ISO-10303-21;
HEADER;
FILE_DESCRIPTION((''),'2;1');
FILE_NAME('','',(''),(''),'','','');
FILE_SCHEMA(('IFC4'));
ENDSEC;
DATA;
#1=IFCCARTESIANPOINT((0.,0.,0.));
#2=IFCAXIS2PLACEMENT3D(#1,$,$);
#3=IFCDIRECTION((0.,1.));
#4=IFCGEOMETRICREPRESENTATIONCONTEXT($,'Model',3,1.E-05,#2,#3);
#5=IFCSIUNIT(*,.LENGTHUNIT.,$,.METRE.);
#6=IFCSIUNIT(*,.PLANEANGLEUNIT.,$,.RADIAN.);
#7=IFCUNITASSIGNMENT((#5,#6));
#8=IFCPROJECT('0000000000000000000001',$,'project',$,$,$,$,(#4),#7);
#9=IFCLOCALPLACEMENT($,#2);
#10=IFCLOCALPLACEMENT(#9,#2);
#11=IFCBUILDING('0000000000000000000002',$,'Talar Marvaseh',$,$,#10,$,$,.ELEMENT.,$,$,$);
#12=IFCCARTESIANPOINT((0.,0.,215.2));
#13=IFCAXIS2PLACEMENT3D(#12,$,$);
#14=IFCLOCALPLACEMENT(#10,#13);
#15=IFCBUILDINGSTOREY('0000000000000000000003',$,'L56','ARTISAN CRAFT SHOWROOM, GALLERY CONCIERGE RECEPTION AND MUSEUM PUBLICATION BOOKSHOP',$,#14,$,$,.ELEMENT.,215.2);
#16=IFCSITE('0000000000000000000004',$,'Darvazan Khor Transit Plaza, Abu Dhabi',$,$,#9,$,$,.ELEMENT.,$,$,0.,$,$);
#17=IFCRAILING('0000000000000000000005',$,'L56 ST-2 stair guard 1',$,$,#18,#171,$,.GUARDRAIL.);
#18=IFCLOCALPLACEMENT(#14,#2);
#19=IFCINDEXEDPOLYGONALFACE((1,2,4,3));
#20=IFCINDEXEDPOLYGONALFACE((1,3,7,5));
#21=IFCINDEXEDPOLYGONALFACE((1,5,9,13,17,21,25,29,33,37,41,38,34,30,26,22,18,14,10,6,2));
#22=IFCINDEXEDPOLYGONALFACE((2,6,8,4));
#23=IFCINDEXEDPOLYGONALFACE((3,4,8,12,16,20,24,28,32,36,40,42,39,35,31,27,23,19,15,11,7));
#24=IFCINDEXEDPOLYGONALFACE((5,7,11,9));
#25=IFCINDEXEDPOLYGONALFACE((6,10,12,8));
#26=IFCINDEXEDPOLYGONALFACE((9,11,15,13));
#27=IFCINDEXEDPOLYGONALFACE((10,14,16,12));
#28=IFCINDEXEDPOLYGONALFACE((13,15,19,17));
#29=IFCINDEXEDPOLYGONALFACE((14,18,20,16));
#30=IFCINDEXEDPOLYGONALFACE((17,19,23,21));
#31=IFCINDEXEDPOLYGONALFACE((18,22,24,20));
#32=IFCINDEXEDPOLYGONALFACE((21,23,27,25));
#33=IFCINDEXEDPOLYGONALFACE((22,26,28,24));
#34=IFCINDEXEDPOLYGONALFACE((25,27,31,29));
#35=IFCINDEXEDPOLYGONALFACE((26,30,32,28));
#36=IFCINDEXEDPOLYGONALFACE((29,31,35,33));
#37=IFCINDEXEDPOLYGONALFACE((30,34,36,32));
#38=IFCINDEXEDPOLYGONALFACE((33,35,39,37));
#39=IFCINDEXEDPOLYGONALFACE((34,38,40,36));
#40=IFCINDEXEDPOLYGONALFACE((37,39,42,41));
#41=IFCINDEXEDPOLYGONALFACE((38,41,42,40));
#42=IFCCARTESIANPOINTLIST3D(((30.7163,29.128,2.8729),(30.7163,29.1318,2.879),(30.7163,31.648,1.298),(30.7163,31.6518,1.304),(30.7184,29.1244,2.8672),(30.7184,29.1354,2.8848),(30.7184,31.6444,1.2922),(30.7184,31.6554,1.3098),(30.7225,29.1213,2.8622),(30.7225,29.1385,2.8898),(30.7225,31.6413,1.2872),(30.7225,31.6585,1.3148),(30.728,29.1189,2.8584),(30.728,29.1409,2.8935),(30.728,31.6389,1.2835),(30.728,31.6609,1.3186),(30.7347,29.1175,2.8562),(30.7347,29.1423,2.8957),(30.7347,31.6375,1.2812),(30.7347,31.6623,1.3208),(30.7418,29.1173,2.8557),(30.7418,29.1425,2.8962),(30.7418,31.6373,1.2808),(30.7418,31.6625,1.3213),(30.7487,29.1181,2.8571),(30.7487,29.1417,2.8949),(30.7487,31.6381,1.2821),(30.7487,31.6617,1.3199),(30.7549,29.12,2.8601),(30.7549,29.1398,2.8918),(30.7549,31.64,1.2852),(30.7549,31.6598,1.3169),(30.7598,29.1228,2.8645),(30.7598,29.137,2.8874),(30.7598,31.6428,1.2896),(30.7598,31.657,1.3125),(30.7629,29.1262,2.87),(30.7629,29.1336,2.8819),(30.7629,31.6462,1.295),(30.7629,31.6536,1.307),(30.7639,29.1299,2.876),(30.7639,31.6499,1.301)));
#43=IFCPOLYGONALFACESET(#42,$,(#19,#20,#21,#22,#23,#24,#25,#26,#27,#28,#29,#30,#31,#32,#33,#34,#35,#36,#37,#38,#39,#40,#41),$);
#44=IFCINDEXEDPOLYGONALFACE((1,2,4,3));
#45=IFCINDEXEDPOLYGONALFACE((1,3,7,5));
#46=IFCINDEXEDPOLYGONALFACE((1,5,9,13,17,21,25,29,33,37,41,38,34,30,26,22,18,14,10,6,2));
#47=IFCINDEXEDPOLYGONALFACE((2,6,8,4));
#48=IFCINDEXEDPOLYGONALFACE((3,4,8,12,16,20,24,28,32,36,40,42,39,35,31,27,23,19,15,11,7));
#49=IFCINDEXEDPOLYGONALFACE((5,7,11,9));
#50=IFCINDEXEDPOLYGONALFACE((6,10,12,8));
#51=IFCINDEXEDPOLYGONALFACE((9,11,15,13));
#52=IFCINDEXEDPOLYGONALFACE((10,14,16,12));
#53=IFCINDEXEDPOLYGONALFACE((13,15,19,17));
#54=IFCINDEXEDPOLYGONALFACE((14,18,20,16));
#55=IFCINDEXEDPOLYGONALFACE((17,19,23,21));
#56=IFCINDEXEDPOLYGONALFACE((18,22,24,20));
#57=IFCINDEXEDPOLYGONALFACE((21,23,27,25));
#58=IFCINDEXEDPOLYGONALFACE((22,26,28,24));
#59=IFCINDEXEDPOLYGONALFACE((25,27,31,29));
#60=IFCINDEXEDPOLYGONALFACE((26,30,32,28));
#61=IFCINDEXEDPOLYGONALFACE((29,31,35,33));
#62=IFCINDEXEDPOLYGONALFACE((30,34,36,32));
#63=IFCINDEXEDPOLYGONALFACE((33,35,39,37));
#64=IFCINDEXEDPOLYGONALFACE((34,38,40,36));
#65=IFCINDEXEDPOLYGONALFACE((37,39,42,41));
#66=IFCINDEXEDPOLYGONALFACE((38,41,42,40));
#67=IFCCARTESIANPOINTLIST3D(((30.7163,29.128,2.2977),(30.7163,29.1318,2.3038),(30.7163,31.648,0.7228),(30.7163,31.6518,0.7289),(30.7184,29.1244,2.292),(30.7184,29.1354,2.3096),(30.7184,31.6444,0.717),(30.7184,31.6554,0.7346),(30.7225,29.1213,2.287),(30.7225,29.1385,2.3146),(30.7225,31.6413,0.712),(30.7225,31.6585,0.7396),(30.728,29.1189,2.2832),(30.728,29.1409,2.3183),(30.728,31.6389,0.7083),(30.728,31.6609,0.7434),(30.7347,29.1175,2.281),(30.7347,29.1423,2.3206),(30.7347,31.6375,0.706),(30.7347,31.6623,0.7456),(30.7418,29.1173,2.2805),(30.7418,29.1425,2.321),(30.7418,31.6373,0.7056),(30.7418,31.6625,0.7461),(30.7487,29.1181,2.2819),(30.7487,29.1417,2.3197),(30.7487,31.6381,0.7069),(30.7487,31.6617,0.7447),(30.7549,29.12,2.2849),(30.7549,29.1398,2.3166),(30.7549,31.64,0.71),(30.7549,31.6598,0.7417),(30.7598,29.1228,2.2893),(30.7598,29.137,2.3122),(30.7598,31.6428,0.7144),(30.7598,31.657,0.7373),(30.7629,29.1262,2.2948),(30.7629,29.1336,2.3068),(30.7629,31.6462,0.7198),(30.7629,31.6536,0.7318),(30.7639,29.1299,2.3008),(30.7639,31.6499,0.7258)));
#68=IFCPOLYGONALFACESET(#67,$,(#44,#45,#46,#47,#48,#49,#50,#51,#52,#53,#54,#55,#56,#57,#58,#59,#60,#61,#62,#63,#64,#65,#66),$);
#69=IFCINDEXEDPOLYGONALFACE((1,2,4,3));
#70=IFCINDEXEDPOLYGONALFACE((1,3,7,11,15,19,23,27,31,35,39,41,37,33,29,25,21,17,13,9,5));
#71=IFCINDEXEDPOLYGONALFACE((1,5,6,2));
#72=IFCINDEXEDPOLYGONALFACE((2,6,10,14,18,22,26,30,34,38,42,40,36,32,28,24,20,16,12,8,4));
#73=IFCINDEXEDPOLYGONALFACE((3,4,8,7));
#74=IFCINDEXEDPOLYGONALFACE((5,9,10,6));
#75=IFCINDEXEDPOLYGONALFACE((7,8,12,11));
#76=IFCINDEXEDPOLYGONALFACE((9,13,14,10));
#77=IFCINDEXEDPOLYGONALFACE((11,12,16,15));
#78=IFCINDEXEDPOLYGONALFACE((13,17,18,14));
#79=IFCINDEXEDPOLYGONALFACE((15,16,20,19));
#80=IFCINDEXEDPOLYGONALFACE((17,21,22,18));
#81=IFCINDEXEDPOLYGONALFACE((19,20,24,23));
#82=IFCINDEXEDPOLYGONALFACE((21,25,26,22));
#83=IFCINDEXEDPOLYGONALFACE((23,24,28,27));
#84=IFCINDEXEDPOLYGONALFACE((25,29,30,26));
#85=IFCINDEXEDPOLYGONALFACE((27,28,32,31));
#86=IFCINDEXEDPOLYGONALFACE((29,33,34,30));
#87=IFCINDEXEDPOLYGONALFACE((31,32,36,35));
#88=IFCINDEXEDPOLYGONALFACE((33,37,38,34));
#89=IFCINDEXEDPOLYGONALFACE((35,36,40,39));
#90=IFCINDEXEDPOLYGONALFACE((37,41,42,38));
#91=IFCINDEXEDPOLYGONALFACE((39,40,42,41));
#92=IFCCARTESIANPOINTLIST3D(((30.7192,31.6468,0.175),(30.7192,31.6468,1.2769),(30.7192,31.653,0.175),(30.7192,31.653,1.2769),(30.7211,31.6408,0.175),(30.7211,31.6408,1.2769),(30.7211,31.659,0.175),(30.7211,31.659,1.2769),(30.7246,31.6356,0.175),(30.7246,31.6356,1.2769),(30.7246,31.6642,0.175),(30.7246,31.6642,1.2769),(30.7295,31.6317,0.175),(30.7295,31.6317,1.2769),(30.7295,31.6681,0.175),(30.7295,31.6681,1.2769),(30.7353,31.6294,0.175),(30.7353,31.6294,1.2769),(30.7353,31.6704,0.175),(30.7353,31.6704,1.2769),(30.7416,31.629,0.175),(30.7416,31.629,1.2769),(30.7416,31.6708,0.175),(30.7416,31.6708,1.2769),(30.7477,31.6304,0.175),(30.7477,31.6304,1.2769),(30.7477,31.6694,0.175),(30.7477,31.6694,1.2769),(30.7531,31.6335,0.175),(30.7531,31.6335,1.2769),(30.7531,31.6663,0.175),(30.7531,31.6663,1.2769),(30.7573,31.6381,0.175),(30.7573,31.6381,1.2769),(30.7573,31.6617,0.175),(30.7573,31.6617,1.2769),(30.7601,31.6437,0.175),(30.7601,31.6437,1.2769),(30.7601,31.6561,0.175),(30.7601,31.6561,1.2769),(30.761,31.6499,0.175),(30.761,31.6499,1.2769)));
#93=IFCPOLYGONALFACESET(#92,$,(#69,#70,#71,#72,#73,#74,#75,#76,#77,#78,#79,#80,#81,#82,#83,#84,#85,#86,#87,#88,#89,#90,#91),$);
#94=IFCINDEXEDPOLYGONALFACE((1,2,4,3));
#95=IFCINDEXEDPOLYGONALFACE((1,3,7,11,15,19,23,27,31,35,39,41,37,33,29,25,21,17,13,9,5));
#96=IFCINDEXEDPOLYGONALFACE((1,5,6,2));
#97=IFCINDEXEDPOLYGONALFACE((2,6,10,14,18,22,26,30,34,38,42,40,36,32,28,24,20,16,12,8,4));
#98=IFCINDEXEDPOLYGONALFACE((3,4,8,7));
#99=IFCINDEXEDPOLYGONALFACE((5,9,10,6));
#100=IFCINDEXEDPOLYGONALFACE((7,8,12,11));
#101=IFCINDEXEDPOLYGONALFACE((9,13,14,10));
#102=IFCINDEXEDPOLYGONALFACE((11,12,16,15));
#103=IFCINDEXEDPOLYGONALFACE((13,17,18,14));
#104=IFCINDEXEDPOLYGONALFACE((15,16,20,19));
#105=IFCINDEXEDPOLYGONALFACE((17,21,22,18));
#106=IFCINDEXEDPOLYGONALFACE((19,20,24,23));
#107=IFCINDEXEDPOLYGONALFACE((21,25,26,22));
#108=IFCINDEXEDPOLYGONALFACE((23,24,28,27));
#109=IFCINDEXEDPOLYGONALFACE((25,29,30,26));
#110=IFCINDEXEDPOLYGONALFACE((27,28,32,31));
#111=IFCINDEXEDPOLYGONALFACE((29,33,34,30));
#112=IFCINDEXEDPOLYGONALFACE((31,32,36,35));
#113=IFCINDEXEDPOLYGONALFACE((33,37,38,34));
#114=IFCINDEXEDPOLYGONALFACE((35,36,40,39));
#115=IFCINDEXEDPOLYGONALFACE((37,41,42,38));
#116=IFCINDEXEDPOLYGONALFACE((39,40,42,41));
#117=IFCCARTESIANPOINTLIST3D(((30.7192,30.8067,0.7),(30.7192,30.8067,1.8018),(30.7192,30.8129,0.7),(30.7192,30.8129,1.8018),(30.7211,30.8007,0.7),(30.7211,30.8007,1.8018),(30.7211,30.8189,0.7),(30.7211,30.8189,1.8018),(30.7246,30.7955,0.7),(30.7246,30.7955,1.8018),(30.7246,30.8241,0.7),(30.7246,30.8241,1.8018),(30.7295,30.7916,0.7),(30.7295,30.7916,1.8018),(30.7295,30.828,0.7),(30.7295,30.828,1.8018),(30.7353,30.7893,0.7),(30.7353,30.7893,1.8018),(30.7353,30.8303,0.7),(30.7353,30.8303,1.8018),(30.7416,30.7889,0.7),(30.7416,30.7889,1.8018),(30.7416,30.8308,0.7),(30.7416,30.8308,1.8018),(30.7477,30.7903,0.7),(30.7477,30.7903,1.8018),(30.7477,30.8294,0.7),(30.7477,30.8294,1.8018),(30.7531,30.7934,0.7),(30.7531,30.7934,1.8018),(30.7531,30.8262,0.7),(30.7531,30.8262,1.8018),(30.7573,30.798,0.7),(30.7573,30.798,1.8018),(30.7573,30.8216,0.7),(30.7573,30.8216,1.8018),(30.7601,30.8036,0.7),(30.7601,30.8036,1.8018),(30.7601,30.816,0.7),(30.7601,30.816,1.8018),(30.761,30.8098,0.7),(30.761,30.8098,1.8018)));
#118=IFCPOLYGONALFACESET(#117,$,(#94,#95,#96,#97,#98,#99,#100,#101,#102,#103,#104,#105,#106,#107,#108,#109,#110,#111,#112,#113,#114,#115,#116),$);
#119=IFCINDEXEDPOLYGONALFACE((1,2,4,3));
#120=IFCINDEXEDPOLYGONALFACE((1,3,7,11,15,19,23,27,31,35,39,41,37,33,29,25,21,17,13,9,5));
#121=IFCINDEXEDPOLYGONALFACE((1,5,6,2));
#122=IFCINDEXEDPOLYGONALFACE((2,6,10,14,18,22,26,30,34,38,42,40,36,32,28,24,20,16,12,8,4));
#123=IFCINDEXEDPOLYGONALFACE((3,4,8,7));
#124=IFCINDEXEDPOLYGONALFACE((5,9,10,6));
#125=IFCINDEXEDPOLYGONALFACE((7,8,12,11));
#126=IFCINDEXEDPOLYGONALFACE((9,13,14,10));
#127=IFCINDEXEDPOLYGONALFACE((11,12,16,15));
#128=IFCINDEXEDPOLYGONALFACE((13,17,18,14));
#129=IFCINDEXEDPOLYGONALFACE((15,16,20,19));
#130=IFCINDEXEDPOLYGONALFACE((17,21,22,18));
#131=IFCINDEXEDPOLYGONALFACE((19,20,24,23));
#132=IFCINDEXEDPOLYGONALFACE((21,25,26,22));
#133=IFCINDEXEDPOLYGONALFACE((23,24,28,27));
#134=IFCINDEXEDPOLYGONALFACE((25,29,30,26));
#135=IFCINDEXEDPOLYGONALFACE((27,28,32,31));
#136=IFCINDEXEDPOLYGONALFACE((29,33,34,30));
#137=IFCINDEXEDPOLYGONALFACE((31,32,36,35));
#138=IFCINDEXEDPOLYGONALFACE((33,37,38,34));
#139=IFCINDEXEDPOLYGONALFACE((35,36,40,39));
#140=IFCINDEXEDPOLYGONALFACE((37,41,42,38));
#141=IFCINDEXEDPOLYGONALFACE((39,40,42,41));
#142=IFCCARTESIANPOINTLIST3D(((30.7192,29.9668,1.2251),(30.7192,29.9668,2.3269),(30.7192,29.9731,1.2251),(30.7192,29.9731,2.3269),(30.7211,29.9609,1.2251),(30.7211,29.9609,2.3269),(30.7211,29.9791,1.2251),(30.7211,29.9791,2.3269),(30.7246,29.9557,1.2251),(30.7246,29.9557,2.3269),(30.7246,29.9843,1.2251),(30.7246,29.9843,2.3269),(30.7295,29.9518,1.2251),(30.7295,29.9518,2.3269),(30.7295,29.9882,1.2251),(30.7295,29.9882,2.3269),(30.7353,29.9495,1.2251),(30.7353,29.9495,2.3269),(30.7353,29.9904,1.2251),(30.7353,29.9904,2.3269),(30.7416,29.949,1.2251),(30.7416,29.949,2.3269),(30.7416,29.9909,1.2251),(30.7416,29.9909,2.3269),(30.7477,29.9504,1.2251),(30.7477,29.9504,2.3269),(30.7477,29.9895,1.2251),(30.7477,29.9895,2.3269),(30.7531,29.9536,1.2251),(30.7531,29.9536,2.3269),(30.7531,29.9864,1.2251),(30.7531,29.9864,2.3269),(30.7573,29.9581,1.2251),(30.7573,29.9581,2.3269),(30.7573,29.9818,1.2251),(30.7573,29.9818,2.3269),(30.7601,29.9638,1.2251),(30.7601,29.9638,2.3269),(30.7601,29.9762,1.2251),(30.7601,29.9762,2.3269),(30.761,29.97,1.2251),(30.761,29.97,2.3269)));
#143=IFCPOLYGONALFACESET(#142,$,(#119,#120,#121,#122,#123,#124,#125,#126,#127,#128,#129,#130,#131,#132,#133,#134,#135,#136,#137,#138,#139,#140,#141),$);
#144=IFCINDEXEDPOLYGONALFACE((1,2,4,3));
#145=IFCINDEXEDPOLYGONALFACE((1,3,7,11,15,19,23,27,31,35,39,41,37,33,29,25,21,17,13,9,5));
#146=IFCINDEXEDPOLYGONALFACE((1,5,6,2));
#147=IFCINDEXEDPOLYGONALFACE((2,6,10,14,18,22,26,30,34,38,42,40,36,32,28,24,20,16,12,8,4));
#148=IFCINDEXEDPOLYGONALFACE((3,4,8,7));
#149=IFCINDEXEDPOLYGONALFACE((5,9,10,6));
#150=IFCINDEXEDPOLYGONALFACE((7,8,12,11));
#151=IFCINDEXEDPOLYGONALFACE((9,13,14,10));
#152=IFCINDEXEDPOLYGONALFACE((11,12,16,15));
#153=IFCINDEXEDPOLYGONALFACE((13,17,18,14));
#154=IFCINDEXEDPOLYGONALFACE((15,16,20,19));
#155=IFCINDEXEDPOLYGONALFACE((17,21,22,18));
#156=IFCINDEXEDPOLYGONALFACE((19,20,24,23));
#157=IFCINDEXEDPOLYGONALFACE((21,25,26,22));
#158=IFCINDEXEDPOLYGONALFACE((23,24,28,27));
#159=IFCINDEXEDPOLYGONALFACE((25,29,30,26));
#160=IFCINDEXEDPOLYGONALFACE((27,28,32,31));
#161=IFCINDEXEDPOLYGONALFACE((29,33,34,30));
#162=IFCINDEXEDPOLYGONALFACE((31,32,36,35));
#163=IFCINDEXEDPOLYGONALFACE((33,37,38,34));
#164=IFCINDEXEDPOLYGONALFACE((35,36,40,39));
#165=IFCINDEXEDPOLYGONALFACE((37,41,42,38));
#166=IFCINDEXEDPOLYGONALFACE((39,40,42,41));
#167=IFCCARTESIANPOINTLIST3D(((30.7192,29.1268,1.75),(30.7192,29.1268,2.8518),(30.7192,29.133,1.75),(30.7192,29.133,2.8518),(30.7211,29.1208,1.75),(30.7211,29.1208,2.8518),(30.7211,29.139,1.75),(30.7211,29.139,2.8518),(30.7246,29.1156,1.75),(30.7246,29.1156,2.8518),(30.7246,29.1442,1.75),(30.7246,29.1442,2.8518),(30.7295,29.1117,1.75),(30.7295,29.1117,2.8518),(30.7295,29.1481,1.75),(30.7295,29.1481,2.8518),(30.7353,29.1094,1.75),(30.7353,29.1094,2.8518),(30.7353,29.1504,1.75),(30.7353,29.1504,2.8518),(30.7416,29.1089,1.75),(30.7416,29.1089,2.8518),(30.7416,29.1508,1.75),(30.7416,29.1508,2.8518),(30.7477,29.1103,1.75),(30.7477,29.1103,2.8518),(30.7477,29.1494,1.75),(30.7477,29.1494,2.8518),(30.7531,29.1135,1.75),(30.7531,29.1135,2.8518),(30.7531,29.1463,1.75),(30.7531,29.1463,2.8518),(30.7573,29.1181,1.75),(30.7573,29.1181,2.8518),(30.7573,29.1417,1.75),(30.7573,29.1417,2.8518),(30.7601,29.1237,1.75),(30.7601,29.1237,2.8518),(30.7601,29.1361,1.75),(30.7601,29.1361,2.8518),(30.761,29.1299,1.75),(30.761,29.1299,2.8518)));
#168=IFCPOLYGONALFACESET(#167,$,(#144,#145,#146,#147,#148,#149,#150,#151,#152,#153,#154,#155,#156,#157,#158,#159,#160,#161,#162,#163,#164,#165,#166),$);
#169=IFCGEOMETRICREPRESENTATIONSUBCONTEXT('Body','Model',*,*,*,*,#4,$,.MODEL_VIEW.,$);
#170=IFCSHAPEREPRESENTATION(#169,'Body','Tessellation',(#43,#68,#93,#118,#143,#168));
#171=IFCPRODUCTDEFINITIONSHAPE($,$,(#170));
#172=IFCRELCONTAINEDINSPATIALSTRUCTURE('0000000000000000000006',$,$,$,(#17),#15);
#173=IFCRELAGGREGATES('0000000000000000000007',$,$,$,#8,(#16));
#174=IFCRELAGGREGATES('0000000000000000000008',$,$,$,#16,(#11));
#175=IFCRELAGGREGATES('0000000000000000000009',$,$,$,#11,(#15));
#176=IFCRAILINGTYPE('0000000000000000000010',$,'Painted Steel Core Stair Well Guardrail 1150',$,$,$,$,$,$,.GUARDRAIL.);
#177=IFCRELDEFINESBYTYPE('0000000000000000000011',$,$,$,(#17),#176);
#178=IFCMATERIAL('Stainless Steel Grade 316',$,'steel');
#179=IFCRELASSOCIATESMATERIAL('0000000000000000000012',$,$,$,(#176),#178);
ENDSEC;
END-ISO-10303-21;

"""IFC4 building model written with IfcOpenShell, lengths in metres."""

from ifc_helpers import new_model, si_unit, direction, frame, origin, origin_2d, place, context, subcontext, project, spatial, circle, extrude, material, type_object, element, save


model = new_model("IFC4")

# Units and contexts
model_context = context("Model", 3, precision=1e-05, world=origin(), true_north=direction((0.0, 1.0)))
body_context = subcontext(model_context, "Body", "Model", "MODEL_VIEW")
ifc_project = project(units=[si_unit("LENGTHUNIT", "METRE"), si_unit("PLANEANGLEUNIT", "RADIAN")], contexts=[model_context])

# Site, building, storey
site_placement = place(None, origin())
site = spatial("IfcSite", under=ifc_project, at=site_placement, Name="Darvazan Khor Transit Plaza, Abu Dhabi", CompositionType="ELEMENT", RefElevation=0.0)
building_placement = place(site_placement, origin())
building = spatial("IfcBuilding", under=site, at=building_placement, Name="Talar Marvaseh", CompositionType="ELEMENT")
storey_placement = place(building_placement, frame((0.0, 0.0, 215.2)))
storey = spatial("IfcBuildingStorey", under=building, at=storey_placement, Name="L56", Description="ARTISAN CRAFT SHOWROOM, GALLERY CONCIERGE RECEPTION AND MUSEUM PUBLICATION BOOKSHOP", CompositionType="ELEMENT", Elevation=215.2)

# Shared definitions
ifc_material_1 = material(Name="Stainless Steel Grade 316", Category="steel")

# Railing
railing_type_1 = type_object("IfcRailingType", Name="Painted Steel Core Stair Well Guardrail 1150", PredefinedType="GUARDRAIL", material=ifc_material_1)
railing_1_placement = place(storey_placement, frame((30.74, 31.6499, 0.175)))
element("IfcRailing", 1, at=railing_1_placement, inside=storey, type_object=railing_type_1, Name="L56 ST-2 stair guard 1", PredefinedType="GUARDRAIL", context=body_context, shape_type="SweptSolid", body=[
    extrude(circle(Radius=0.0239, at=origin_2d()), frame((0.0, 0.0, 1.126), z_axis=(0.0, -0.848008, 0.529984), x_axis=(1.0, 0.0, 0.0)), (0.0, 0.0, 1.0), 2.9717),
    extrude(circle(Radius=0.0239, at=origin_2d()), frame((0.0, 0.0, 0.5508), z_axis=(0.0, -0.848008, 0.529984), x_axis=(1.0, 0.0, 0.0)), (0.0, 0.0, 1.0), 2.9717),
    extrude(circle(Radius=0.021, at=origin_2d()), origin(), (0.0, 0.0, 1.0), 1.1018),
    extrude(circle(Radius=0.021, at=origin_2d()), frame((0.0, -0.8401, 0.5249)), (0.0, 0.0, 1.0), 1.1018),
    extrude(circle(Radius=0.021, at=origin_2d()), frame((0.0, -1.6799, 1.05)), (0.0, 0.0, 1.0), 1.1018),
    extrude(circle(Radius=0.021, at=origin_2d()), frame((0.0, -2.52, 1.575)), (0.0, 0.0, 1.0), 1.1018),
])

save(model, "model.ifc")
